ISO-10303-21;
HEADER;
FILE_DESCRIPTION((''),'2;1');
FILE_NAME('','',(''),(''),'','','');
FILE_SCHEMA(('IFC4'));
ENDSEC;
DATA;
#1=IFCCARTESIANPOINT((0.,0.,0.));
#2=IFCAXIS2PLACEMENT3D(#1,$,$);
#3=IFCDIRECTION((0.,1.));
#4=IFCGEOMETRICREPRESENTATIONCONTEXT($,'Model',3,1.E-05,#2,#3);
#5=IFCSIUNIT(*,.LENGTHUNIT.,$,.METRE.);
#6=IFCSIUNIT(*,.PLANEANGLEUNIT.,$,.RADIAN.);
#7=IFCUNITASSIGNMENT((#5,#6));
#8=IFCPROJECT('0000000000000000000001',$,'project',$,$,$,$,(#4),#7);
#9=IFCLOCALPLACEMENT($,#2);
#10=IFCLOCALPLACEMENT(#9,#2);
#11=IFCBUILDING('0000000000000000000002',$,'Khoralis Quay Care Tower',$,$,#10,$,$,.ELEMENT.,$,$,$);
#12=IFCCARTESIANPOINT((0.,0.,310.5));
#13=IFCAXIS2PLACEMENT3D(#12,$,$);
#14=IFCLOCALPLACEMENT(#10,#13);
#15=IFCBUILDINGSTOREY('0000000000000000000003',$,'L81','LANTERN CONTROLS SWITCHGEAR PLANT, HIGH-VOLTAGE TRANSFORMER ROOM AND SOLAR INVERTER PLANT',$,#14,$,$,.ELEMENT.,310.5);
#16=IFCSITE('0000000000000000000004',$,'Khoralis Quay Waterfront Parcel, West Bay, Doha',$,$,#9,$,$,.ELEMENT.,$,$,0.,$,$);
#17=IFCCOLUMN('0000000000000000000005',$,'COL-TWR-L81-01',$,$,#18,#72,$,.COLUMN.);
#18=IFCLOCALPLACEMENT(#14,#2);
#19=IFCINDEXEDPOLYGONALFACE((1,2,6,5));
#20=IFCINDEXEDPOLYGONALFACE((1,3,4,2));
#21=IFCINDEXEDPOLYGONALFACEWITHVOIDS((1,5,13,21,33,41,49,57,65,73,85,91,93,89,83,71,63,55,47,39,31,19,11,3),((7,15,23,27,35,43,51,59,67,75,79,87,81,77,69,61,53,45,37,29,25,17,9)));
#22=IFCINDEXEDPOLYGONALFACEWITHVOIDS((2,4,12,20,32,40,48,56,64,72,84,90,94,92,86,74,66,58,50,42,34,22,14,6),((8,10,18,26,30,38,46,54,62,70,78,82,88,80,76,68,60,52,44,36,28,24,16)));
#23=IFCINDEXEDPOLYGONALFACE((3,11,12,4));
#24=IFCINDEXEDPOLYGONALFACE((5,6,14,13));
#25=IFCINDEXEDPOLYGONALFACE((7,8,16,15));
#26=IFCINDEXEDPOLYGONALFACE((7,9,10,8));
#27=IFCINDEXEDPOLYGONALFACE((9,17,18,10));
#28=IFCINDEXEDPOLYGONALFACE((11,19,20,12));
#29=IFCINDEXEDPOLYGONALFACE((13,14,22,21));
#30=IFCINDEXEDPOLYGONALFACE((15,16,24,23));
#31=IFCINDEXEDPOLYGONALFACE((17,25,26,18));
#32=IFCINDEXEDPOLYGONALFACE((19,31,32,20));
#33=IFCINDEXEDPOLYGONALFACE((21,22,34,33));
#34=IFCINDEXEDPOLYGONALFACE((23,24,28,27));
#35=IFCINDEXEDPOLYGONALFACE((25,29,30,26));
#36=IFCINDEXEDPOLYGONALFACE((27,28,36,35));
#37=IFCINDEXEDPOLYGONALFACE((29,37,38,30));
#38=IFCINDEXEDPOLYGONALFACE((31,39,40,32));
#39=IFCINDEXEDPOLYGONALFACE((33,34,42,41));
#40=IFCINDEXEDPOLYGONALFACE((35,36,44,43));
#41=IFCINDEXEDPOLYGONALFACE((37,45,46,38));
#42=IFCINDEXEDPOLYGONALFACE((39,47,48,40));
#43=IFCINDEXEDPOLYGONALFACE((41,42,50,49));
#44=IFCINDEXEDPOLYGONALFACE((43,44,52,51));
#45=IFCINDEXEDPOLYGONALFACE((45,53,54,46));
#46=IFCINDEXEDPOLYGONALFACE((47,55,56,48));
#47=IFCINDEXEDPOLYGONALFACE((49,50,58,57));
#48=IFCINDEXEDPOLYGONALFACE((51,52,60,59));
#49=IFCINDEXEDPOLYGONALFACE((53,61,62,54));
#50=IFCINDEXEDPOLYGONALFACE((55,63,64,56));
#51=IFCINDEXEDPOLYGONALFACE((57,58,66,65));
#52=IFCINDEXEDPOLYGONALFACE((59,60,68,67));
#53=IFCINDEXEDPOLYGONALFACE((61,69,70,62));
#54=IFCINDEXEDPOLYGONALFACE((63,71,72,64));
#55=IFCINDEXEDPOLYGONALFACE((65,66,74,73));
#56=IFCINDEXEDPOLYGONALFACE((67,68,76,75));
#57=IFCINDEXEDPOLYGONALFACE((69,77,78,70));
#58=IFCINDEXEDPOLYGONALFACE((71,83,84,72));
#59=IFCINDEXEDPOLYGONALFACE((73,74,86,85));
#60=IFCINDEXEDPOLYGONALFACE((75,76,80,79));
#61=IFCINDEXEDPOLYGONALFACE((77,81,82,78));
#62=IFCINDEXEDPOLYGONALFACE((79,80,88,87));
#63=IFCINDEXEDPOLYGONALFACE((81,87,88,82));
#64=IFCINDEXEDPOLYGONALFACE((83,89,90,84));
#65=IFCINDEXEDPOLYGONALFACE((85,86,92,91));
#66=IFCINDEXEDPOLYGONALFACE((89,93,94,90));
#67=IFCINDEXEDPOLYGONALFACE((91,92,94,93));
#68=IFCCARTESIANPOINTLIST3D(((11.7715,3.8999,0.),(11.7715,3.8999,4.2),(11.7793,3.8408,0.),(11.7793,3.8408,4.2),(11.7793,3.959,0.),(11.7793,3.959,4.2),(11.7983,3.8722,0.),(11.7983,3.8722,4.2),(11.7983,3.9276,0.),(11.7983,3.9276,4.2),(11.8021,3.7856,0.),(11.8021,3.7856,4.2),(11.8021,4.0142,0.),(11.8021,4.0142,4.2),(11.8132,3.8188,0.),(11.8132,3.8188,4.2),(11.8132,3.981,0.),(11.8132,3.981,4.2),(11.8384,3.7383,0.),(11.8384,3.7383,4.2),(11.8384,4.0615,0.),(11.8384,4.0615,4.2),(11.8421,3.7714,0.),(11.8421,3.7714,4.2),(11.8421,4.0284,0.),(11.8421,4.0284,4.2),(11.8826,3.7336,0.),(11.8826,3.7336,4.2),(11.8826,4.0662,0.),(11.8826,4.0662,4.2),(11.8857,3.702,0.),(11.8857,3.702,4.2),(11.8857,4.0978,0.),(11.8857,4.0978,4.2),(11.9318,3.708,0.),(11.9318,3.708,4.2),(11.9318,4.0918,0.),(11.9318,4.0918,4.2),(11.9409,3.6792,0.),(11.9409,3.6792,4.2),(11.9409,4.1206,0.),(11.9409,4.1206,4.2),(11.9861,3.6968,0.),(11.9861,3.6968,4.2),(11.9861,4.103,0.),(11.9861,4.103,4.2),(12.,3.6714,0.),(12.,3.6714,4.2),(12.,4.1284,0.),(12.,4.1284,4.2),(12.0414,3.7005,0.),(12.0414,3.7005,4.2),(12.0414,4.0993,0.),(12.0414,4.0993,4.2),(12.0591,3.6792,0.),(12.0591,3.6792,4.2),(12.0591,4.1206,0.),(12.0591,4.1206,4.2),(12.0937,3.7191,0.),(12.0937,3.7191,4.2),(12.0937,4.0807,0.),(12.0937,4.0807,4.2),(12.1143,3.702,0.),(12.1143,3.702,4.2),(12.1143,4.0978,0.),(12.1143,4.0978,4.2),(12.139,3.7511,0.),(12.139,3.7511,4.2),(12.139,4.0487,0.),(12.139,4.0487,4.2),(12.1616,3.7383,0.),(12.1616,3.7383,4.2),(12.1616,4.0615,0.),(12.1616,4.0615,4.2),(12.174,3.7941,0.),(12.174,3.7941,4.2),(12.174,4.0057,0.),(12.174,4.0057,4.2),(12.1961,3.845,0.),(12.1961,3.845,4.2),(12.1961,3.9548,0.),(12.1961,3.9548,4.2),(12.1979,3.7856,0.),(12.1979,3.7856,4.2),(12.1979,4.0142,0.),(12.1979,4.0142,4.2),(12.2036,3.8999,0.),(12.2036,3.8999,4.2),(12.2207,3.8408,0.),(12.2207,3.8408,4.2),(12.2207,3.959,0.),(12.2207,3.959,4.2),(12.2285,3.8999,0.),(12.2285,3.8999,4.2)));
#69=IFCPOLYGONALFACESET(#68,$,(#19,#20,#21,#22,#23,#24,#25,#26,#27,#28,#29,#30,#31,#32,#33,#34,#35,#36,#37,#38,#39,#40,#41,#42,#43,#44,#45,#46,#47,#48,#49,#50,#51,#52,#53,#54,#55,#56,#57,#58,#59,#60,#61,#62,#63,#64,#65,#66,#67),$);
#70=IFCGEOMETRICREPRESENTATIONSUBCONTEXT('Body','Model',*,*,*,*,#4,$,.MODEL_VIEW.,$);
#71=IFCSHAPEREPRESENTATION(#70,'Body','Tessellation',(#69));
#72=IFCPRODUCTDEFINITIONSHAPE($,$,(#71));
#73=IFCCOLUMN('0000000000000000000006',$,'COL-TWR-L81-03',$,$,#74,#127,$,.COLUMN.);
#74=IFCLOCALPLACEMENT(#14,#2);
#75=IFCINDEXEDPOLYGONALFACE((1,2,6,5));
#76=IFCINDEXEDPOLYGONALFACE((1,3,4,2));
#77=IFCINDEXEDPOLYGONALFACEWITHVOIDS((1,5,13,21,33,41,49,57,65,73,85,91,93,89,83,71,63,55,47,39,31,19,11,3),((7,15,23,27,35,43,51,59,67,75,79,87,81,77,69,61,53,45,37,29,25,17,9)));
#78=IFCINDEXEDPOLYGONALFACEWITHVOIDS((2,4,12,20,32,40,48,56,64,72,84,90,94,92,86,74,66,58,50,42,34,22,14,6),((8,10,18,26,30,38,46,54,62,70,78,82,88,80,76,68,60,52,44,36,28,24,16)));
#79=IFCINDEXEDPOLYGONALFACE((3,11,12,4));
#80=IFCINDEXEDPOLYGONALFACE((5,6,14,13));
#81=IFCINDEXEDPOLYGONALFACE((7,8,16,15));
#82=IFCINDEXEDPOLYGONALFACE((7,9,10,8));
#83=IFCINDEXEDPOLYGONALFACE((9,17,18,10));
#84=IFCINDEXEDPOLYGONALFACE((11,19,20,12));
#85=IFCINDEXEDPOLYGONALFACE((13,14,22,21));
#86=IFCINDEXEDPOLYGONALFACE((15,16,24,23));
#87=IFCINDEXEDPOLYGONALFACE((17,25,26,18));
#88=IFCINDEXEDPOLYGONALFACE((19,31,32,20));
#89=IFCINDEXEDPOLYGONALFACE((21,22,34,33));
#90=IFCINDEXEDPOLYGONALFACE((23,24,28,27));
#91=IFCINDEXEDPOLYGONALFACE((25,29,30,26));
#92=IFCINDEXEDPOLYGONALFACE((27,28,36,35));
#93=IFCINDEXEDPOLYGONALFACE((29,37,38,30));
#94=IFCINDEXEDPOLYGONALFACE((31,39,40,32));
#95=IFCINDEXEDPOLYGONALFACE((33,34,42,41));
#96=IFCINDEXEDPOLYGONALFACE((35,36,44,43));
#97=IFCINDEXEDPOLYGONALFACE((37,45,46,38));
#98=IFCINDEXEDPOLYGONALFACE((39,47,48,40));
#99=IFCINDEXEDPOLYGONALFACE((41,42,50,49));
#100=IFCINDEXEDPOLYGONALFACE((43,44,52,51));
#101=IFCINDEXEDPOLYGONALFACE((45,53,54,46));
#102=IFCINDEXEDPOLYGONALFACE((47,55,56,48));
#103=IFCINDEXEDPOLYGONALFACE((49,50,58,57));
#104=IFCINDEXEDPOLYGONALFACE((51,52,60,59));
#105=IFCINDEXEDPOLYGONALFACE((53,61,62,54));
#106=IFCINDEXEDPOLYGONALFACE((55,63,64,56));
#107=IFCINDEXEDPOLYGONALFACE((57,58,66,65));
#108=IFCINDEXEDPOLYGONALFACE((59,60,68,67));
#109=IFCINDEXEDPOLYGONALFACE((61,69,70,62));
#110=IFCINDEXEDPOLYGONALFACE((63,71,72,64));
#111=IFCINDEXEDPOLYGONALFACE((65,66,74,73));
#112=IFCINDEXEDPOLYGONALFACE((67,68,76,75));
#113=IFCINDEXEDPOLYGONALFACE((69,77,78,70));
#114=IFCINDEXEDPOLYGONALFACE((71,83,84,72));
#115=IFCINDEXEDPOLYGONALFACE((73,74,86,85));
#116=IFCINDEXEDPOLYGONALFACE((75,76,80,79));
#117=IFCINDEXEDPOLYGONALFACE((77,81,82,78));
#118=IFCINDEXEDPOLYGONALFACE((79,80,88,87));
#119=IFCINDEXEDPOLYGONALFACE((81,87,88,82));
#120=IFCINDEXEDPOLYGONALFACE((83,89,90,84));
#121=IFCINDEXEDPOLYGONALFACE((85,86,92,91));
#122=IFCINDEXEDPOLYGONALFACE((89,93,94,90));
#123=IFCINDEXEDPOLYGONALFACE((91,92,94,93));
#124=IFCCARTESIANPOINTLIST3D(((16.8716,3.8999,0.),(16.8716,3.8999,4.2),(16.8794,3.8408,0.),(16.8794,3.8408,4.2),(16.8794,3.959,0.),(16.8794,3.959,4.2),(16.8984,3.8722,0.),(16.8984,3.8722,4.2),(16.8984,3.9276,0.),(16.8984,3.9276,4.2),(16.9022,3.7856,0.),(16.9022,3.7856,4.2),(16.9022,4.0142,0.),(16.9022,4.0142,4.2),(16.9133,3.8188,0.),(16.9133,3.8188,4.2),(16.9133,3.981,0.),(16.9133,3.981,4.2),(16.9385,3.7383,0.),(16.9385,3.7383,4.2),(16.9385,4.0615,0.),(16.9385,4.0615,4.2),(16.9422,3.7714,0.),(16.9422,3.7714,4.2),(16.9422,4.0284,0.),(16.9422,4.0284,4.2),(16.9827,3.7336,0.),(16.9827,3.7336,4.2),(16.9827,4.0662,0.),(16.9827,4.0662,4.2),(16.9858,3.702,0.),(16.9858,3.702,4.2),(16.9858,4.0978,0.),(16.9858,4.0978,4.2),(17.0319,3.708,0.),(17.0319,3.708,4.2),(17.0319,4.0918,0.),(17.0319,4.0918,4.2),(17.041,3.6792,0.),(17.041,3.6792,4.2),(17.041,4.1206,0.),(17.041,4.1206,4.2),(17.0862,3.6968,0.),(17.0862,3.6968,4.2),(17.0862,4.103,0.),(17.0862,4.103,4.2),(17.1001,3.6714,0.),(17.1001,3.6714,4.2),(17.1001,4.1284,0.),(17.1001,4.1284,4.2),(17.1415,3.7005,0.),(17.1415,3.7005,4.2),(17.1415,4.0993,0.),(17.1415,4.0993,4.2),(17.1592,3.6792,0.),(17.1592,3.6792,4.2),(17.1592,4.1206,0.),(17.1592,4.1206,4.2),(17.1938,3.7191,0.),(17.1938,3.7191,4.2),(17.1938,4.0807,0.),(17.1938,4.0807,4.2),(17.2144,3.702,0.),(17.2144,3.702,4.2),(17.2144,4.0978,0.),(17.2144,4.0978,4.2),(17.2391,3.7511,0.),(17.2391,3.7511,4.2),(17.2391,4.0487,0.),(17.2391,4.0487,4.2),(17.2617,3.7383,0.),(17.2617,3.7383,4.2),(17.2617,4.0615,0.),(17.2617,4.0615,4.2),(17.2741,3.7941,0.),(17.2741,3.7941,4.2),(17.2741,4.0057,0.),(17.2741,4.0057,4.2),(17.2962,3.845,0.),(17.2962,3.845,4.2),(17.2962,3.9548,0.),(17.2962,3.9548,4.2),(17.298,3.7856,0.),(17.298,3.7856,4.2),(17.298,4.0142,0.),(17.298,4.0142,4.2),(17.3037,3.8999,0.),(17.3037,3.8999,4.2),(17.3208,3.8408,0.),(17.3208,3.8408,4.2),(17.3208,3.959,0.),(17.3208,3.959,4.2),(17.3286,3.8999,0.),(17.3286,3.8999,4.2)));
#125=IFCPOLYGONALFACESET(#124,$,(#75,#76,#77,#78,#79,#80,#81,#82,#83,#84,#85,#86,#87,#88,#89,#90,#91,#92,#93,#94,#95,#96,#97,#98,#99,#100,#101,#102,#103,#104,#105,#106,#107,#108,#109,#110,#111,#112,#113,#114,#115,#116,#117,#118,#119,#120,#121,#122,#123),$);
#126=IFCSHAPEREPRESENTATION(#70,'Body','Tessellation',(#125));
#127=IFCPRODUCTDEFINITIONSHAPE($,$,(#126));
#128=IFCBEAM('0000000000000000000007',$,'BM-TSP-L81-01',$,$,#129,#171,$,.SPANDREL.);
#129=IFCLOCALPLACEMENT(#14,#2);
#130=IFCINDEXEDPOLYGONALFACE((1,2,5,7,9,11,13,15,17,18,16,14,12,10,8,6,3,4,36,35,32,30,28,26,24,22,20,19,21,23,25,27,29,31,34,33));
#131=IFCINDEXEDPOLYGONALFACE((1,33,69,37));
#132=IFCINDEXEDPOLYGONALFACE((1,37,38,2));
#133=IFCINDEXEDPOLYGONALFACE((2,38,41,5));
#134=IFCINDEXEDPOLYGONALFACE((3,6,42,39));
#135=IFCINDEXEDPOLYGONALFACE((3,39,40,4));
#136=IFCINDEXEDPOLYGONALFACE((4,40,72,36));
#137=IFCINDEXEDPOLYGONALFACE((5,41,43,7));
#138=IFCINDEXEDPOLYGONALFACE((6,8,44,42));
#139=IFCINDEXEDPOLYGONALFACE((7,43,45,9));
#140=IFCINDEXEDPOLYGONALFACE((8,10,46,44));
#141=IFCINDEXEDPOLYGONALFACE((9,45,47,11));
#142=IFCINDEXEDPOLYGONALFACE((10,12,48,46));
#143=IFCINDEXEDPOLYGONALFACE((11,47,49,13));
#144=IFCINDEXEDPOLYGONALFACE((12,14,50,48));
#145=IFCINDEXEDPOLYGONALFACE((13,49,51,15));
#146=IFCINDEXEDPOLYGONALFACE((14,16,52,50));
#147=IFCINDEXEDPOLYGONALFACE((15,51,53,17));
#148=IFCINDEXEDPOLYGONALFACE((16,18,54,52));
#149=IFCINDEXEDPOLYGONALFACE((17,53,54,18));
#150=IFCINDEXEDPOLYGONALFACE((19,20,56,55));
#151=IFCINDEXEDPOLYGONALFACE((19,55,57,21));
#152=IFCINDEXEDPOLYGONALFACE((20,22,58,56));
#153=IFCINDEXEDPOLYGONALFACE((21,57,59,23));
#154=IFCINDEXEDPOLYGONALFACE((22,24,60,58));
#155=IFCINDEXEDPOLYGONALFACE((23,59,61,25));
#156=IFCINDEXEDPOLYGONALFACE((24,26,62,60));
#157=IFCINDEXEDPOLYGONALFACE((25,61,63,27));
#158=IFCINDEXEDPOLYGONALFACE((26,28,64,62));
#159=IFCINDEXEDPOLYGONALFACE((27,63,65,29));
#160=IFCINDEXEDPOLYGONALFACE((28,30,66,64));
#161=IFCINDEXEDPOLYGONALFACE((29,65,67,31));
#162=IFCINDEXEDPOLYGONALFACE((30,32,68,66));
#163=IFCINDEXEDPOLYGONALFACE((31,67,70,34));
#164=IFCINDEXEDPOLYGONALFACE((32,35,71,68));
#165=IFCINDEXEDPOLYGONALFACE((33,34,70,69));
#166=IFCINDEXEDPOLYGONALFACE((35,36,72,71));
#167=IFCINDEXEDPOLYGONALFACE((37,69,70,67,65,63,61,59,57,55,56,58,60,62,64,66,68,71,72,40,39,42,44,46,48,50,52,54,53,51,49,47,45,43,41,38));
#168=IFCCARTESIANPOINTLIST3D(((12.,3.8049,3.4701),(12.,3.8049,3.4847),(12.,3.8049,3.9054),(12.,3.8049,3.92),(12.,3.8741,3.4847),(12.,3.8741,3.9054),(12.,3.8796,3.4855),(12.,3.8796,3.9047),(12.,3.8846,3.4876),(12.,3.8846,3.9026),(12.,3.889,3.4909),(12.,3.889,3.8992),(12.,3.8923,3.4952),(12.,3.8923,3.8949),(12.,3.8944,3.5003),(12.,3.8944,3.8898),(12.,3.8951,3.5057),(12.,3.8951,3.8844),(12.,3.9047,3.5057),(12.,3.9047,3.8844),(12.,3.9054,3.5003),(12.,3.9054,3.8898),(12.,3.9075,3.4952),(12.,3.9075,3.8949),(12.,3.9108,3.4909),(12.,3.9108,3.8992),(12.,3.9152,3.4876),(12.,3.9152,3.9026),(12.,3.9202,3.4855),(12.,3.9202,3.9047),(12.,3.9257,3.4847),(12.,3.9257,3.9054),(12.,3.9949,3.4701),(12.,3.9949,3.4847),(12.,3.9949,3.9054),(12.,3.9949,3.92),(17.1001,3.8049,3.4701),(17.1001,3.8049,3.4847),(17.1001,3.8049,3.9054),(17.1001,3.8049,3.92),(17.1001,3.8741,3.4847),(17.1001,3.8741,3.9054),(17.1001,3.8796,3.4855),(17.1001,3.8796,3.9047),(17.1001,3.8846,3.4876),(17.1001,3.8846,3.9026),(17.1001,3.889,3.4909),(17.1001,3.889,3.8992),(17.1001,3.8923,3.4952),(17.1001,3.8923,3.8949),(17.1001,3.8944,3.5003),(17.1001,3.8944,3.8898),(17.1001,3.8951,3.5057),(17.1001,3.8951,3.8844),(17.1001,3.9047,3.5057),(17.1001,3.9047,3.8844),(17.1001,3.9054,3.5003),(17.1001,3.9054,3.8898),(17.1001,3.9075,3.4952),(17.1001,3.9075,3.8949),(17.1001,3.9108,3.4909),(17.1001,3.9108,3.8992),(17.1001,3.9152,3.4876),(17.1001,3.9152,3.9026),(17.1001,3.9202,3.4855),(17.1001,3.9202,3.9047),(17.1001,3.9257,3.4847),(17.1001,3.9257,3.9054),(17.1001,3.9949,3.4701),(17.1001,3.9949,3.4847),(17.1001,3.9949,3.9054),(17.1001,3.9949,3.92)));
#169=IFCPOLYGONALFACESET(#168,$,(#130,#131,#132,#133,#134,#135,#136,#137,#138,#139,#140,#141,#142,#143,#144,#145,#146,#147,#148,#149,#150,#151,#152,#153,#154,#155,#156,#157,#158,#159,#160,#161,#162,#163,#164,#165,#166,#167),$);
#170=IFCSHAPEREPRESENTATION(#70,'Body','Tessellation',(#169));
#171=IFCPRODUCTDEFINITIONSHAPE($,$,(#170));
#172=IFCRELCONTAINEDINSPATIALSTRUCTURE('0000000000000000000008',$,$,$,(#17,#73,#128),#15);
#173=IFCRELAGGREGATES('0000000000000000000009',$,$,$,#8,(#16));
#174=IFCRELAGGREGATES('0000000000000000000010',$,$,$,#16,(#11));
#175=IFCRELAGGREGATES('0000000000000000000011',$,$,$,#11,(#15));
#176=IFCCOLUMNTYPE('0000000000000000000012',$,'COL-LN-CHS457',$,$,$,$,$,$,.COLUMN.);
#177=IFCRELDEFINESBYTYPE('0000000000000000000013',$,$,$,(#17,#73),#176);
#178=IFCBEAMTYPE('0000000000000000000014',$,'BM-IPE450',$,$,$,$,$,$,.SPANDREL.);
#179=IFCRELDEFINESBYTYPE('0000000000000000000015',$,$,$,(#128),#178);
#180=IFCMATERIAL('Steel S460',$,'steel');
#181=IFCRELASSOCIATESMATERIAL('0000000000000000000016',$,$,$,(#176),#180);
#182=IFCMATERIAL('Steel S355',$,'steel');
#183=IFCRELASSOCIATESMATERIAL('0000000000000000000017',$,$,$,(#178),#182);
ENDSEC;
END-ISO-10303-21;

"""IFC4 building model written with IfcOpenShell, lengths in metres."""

from ifc_helpers import new_model, si_unit, direction, frame, origin, origin_2d, place, context, subcontext, project, spatial, hollow_circle, i_section, extrude, source, transform, mapped, material, material_profile, profile_set, type_object, element, save


model = new_model("IFC4")

# Units and contexts
model_context = context("Model", 3, precision=1e-05, world=origin(), true_north=direction((0.0, 1.0)))
body_context = subcontext(model_context, "Body", "Model", "MODEL_VIEW")
ifc_project = project(units=[si_unit("LENGTHUNIT", "METRE"), si_unit("PLANEANGLEUNIT", "RADIAN")], contexts=[model_context])

# Site, building, storey
site_placement = place(None, origin())
site = spatial("IfcSite", under=ifc_project, at=site_placement, Name="Khoralis Quay Waterfront Parcel, West Bay, Doha", CompositionType="ELEMENT", RefElevation=0.0)
building_placement = place(site_placement, origin())
building = spatial("IfcBuilding", under=site, at=building_placement, Name="Khoralis Quay Care Tower", CompositionType="ELEMENT")
storey_placement = place(building_placement, frame((0.0, 0.0, 310.5)))
storey = spatial("IfcBuildingStorey", under=building, at=storey_placement, Name="L81", Description="LANTERN CONTROLS SWITCHGEAR PLANT, HIGH-VOLTAGE TRANSFORMER ROOM AND SOLAR INVERTER PLANT", CompositionType="ELEMENT", Elevation=310.5)

# Columns
ifc_material_1 = material(Name="Steel S460", Category="steel")
ifc_material_profile_1 = material_profile(ifc_material_1, hollow_circle(Radius=0.2285, WallThickness=0.0249, at=origin_2d()), Name="Steel S460")
ifc_profile_set_1 = profile_set([ifc_material_profile_1], Name="Steel S460")
column_type = type_object("IfcColumnType", Name="COL-LN-CHS457", PredefinedType="COLUMN", material=ifc_profile_set_1)
shared_shape_1 = source(origin(), body_context, "Body", "SweptSolid", [
    extrude(hollow_circle(Radius=0.2285, WallThickness=0.0249, at=origin_2d()), origin(), (0.0, 0.0, 1.0), 4.2),
])
for number, where, z_axis, x_axis, name in (
    (1, (12.0, 3.8999, 0.0), (0.0, 0.0, 1.0), (1.0, 0.0, 0.0), "COL-TWR-L81-01"),
    (2, (17.1001, 3.8999, 0.0), (0.0, 0.0, 1.0), (1.0, 0.0, 0.0), "COL-TWR-L81-03"),
):
    element("IfcColumn", number, at=place(storey_placement, frame(where, z_axis=z_axis, x_axis=x_axis)), inside=storey, type_object=column_type, Name=name, PredefinedType="COLUMN", context=body_context, shape_type="MappedRepresentation", body=[
        mapped(shared_shape_1, transform((0.0, 0.0, 0.0), scale=1.0)),
    ])

# Beam
ifc_material_2 = material(Name="Steel S355", Category="steel")
ifc_material_profile_2 = material_profile(ifc_material_2, i_section(OverallWidth=0.1899, OverallDepth=0.45, WebThickness=0.0095, FlangeThickness=0.0146, FilletRadius=0.021, at=origin_2d()), Name="Steel S355")
ifc_profile_set_2 = profile_set([ifc_material_profile_2], Name="Steel S355")
beam_type_1 = type_object("IfcBeamType", Name="BM-IPE450", PredefinedType="SPANDREL", material=ifc_profile_set_2)
shared_shape_2 = source(origin(), body_context, "Body", "SweptSolid", [
    extrude(i_section(OverallWidth=0.1899, OverallDepth=0.45, WebThickness=0.0095, FlangeThickness=0.0146, FilletRadius=0.021, at=origin_2d()), origin(), (0.0, 0.0, 1.0), 5.1001),
])
beam_1_placement = place(storey_placement, frame((12.0, 3.8999, 3.6951), z_axis=(1.0, 0.0, 0.0), x_axis=(0.0, 1.0, 0.0)))
element("IfcBeam", 3, at=beam_1_placement, inside=storey, type_object=beam_type_1, Name="BM-TSP-L81-01", PredefinedType="SPANDREL", context=body_context, shape_type="MappedRepresentation", body=[
    mapped(shared_shape_2, transform((0.0, 0.0, 0.0), scale=1.0)),
])

save(model, "model.ifc")
